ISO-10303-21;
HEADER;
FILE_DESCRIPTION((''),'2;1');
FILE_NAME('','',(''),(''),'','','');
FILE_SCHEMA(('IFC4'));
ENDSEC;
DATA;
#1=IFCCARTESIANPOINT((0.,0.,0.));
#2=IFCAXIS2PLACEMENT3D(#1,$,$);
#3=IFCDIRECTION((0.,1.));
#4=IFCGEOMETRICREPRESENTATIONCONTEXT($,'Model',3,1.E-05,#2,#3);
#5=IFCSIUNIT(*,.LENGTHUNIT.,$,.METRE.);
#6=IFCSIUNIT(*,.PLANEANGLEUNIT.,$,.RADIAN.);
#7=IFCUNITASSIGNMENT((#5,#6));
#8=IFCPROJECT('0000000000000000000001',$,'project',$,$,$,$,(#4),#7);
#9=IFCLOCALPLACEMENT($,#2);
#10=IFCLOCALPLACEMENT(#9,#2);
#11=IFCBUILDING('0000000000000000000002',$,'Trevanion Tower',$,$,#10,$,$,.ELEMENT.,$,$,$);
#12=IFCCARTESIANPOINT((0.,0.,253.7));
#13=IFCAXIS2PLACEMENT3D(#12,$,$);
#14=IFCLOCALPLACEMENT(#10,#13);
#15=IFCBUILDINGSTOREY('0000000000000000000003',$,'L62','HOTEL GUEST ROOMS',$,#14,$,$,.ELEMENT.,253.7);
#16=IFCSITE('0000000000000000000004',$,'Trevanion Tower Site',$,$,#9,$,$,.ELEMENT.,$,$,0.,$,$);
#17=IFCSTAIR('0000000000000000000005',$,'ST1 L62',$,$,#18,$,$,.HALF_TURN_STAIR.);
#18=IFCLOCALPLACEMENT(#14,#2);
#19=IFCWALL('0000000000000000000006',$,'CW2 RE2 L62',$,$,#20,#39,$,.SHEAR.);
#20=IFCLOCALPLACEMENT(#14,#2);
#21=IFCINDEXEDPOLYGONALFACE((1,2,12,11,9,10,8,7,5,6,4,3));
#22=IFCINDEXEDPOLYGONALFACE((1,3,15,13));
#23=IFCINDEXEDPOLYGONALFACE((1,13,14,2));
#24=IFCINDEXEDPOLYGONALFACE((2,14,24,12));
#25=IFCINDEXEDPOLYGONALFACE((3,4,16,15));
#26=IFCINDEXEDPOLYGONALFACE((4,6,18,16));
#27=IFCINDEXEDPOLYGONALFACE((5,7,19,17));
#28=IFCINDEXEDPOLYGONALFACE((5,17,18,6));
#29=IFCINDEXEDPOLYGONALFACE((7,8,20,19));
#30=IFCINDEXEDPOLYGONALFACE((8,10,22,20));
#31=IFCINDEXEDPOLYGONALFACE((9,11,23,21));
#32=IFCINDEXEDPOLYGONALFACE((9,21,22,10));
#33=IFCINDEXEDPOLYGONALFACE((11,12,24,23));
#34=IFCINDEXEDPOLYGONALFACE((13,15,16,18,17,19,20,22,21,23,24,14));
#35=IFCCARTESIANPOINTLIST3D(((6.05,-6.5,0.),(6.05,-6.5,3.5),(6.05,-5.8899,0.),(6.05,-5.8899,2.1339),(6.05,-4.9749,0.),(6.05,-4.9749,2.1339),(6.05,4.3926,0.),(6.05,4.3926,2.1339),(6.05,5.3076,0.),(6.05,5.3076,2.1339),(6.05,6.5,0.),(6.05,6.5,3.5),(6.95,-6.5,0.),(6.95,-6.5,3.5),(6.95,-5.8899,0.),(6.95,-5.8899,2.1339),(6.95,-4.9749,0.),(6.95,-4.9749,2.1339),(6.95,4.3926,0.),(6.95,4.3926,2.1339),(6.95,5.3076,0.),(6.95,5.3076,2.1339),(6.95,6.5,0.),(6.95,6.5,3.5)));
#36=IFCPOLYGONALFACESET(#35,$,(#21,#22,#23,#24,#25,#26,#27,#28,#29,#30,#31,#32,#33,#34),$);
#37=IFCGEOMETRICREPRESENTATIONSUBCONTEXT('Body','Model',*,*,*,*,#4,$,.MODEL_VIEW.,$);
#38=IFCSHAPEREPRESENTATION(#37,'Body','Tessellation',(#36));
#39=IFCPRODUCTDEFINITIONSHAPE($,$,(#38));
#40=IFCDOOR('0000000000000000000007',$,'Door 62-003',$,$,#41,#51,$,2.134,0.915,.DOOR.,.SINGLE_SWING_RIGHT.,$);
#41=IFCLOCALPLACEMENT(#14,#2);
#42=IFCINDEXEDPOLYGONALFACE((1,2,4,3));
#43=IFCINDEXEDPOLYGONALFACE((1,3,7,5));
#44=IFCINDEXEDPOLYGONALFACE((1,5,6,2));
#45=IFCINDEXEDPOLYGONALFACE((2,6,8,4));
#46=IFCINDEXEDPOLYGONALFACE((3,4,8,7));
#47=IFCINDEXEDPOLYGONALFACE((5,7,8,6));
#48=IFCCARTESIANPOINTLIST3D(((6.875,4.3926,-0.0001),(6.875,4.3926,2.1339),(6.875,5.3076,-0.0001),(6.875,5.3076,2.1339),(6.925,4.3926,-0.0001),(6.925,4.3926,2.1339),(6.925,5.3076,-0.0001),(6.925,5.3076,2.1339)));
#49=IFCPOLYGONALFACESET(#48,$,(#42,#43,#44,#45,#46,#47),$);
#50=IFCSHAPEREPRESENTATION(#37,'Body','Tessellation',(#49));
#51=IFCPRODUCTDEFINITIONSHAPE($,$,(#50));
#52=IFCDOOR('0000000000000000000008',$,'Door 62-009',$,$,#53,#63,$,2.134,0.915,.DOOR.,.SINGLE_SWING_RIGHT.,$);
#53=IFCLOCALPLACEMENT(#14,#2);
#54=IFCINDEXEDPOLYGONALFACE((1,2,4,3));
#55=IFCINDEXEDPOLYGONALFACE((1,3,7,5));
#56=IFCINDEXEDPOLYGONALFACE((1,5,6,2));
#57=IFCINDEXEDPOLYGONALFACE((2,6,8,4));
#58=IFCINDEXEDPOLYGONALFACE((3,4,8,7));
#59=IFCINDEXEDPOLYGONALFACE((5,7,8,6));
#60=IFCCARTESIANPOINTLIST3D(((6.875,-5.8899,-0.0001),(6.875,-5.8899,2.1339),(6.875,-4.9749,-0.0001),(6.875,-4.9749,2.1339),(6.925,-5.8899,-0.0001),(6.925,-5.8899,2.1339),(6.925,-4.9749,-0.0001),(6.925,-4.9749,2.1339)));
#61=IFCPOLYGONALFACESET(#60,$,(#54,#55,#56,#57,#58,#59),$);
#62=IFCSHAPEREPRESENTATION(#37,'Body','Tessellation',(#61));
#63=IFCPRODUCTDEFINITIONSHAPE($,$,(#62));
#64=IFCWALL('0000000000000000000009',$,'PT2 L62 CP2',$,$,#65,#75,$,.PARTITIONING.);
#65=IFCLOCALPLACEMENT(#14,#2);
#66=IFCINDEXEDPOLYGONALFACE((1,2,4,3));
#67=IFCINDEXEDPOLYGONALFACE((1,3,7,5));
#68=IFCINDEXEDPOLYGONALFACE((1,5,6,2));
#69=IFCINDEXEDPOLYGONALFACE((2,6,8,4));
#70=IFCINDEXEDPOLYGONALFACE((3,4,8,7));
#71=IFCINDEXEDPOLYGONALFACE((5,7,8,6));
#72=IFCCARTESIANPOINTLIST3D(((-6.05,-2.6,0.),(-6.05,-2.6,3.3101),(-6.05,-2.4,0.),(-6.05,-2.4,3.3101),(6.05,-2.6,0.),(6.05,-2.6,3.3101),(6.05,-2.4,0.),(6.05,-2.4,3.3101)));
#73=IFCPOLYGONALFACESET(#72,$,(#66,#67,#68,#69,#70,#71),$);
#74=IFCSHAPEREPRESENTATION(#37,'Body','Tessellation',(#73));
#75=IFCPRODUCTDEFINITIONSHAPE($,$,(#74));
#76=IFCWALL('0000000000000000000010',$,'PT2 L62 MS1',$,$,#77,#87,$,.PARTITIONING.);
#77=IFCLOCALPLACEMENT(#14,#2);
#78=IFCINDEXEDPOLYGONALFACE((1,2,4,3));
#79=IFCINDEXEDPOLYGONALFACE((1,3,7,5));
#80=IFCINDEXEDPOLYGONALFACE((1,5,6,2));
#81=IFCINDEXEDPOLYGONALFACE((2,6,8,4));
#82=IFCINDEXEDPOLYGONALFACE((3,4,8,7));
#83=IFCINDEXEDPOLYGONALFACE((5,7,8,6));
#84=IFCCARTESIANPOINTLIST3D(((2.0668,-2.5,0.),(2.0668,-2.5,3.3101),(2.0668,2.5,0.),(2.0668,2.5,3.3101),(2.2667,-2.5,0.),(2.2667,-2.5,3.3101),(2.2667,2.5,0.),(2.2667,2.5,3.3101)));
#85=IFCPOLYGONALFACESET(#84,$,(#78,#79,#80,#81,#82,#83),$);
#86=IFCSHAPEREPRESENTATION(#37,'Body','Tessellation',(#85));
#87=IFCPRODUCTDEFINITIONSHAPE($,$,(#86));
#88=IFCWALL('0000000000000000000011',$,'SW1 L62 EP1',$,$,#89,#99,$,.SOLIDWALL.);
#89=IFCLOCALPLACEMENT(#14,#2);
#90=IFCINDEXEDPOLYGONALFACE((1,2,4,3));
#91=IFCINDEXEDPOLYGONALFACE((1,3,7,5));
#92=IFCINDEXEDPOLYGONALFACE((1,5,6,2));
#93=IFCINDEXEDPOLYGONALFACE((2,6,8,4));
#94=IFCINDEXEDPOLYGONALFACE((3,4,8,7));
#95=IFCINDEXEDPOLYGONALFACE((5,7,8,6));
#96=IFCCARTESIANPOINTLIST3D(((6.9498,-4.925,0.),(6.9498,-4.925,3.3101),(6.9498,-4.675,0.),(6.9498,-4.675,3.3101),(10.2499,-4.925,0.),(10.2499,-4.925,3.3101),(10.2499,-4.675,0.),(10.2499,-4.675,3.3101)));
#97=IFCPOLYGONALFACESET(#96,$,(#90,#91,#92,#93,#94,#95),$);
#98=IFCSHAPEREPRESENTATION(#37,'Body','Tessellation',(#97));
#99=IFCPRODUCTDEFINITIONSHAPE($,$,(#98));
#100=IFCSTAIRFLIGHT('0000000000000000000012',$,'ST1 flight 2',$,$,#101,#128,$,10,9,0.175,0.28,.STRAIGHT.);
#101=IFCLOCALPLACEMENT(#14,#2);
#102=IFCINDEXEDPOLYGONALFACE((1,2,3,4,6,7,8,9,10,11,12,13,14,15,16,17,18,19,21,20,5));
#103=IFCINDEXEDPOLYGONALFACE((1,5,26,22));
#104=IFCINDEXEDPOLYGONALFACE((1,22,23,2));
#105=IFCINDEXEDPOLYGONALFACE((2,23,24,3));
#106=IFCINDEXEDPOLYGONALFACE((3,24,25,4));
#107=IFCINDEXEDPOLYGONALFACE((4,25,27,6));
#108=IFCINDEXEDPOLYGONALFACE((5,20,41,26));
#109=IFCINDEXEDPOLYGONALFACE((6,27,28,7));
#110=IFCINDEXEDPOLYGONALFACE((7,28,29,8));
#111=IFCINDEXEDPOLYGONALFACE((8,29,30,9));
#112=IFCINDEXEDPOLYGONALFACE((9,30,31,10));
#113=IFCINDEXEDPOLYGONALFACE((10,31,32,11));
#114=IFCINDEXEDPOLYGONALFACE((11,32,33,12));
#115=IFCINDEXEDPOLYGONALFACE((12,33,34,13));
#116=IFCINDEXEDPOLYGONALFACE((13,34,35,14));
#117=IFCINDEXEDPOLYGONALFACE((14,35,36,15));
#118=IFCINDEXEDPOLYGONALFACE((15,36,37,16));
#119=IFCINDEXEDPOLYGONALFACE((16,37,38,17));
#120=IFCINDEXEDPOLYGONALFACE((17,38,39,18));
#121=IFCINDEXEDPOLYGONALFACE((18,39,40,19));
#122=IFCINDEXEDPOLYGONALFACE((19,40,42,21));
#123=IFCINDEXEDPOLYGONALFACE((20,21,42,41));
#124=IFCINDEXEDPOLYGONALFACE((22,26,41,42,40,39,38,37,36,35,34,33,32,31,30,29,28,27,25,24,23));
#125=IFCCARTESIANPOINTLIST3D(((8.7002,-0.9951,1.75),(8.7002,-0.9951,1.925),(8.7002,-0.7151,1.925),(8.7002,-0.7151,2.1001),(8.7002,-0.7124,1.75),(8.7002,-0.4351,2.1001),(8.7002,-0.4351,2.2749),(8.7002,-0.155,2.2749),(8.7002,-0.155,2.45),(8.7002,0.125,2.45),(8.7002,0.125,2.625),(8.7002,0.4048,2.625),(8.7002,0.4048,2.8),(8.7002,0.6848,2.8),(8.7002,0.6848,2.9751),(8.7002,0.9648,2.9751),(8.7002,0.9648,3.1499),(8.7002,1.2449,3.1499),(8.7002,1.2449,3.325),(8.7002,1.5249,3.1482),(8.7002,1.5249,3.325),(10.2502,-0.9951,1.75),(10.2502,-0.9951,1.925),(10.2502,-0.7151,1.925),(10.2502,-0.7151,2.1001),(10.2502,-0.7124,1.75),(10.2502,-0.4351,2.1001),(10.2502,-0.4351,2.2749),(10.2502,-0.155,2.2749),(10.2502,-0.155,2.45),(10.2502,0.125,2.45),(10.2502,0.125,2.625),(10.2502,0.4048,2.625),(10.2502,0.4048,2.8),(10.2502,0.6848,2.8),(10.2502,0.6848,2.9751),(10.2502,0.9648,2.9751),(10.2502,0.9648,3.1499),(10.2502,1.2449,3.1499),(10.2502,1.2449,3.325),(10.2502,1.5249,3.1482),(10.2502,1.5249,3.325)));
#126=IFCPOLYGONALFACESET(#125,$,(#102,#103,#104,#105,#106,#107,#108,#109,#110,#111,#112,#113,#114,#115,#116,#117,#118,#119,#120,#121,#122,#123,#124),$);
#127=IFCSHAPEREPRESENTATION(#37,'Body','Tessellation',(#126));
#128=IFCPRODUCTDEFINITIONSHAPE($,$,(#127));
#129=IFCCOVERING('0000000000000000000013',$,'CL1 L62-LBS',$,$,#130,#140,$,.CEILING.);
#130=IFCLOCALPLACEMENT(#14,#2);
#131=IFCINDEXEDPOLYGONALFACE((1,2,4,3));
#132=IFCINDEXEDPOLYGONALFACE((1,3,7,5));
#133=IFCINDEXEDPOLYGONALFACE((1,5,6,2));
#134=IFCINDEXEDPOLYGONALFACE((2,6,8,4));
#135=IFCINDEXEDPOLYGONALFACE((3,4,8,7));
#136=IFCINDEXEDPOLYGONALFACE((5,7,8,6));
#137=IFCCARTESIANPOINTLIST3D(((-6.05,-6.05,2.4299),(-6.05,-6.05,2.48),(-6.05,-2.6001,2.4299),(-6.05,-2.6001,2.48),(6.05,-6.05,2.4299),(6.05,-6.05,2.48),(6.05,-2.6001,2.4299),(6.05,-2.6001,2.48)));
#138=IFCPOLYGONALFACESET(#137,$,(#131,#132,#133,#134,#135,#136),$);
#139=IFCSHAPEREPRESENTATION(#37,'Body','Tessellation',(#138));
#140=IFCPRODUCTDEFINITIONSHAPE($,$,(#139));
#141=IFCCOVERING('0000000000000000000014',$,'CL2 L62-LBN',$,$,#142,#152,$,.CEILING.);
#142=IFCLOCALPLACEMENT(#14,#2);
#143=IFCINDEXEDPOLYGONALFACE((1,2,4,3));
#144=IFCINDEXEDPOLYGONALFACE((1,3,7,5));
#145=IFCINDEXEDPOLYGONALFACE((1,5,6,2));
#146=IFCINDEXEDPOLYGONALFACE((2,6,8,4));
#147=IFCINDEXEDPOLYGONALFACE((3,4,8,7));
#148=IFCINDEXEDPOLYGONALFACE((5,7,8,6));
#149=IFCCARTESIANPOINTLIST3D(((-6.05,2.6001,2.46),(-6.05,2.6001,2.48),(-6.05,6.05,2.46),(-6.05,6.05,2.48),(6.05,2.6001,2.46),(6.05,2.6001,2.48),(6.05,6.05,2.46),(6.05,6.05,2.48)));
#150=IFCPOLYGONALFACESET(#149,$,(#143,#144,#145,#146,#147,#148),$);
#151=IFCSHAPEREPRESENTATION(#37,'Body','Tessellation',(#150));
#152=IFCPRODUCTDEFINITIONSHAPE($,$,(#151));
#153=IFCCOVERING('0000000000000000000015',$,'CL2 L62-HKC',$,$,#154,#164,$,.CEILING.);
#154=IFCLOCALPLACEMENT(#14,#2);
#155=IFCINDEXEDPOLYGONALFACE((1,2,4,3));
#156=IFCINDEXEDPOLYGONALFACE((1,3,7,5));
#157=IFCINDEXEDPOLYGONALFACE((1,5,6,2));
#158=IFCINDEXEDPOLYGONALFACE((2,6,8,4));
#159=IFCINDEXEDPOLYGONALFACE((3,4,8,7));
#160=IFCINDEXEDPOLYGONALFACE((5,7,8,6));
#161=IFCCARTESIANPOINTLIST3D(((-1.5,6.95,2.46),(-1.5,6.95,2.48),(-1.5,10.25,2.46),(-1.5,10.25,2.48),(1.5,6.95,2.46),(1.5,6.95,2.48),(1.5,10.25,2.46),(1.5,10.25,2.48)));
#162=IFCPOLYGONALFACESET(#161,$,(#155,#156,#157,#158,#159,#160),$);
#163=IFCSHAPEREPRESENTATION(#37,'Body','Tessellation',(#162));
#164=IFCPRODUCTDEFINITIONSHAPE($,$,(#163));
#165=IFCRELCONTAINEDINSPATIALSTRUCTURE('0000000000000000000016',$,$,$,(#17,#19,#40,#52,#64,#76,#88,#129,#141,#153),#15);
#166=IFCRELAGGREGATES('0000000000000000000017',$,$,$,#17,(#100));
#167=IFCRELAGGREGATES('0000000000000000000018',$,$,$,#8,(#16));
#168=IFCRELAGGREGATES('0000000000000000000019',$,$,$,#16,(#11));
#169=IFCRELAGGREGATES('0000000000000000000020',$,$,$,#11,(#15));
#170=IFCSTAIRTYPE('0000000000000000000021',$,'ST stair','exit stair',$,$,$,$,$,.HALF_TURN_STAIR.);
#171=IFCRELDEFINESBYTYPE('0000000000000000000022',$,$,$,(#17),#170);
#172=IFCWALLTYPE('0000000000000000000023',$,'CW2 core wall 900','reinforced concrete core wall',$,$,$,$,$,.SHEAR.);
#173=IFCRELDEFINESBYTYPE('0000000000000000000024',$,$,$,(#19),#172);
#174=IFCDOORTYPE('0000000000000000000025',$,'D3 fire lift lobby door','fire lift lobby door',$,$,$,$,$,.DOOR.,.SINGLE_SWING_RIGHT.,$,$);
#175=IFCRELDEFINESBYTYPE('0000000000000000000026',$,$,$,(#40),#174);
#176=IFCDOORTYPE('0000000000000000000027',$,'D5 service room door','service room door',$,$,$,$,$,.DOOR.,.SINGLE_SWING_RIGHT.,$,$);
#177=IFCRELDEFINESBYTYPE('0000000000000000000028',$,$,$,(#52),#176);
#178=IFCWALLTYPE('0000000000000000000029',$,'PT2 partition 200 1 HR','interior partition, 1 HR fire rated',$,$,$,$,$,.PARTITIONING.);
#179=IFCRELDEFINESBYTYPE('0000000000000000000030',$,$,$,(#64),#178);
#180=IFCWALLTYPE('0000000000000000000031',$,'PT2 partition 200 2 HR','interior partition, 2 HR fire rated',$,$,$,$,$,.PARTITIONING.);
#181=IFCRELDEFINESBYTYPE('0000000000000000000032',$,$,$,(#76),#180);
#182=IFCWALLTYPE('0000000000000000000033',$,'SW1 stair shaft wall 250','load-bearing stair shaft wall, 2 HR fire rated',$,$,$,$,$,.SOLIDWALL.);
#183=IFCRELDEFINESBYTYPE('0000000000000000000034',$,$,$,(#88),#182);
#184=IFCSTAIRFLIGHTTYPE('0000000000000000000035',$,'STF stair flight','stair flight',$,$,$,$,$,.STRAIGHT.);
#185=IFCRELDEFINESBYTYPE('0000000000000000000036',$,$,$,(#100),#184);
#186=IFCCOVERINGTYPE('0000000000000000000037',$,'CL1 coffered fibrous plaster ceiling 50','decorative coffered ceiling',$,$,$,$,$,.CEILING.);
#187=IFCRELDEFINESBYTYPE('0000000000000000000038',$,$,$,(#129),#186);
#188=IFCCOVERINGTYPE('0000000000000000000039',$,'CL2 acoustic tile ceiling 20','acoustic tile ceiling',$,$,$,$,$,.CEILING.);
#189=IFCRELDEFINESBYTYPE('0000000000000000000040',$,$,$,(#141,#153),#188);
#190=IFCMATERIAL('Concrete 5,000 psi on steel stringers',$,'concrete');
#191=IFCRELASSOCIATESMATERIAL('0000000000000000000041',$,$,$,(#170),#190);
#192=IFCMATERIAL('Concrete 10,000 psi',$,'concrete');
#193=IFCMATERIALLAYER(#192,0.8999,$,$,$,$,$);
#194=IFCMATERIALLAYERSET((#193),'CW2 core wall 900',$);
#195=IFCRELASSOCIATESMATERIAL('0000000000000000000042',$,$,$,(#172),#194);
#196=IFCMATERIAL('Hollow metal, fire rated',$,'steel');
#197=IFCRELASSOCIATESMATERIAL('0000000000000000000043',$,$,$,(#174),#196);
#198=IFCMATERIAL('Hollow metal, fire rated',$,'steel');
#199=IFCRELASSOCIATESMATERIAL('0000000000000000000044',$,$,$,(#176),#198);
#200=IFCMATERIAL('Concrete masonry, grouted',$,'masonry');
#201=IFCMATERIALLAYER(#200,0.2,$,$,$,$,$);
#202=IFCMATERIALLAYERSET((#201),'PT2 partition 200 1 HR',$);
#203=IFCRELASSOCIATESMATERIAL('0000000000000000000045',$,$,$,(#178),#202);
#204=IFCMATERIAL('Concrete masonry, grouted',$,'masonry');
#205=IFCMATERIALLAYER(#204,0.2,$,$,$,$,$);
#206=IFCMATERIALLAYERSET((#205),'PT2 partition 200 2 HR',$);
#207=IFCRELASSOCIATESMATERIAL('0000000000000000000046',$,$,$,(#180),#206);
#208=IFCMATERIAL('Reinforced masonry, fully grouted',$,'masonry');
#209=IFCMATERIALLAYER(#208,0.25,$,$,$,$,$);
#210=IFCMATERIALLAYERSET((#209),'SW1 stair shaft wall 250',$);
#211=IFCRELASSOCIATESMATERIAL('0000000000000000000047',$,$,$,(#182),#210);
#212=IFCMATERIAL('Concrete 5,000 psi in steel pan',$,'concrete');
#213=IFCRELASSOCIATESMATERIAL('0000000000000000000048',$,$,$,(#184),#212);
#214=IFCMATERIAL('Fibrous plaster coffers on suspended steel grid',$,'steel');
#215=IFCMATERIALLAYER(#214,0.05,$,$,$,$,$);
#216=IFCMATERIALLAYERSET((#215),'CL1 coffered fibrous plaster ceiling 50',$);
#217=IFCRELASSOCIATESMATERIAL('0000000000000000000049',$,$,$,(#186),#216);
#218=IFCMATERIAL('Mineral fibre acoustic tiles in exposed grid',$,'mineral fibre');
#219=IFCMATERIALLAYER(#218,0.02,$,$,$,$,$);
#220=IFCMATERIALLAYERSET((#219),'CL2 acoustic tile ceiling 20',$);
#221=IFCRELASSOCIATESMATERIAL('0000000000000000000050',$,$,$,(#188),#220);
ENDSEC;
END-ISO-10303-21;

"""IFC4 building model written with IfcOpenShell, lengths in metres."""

from ifc_helpers import new_model, si_unit, direction, frame, frame_2d, origin, place, context, subcontext, project, spatial, polyline, rectangle, outline, extrude, material, layer, layer_set, type_object, element, fill, aggregate, save


model = new_model("IFC4")

# Units and contexts
model_context = context("Model", 3, precision=1e-05, world=origin(), true_north=direction((0.0, 1.0)))
body_context = subcontext(model_context, "Body", "Model", "MODEL_VIEW")
ifc_project = project(units=[si_unit("LENGTHUNIT", "METRE"), si_unit("PLANEANGLEUNIT", "RADIAN")], contexts=[model_context])

# Site, building, storey
site_placement = place(None, origin())
site = spatial("IfcSite", under=ifc_project, at=site_placement, Name="Trevanion Tower Site", CompositionType="ELEMENT", RefElevation=0.0)
building_placement = place(site_placement, origin())
building = spatial("IfcBuilding", under=site, at=building_placement, Name="Trevanion Tower", CompositionType="ELEMENT")
storey_placement = place(building_placement, frame((0.0, 0.0, 253.7)))
storey = spatial("IfcBuildingStorey", under=building, at=storey_placement, Name="L62", Description="HOTEL GUEST ROOMS", CompositionType="ELEMENT", Elevation=253.7)

# Stair
ifc_material_1 = material(Name="Concrete 5,000 psi on steel stringers", Category="concrete")
stair_type = type_object("IfcStairType", Name="ST stair", Description="exit stair", PredefinedType="HALF_TURN_STAIR", material=ifc_material_1)
stair_1_placement = place(storey_placement, origin())
stair_1 = element("IfcStair", 1, at=stair_1_placement, inside=storey, type_object=stair_type, Name="ST1 L62", PredefinedType="HALF_TURN_STAIR")

# Wall, openings, doors
ifc_material_2 = material(Name="Concrete 10,000 psi", Category="concrete")
ifc_layer_1 = layer(ifc_material_2, 0.8999)
ifc_layer_set_1 = layer_set([ifc_layer_1], Name="CW2 core wall 900")
wall_type_1 = type_object("IfcWallType", Name="CW2 core wall 900", Description="reinforced concrete core wall", PredefinedType="SHEAR", material=ifc_layer_set_1)
wall_1_placement = place(storey_placement, frame((6.5, -6.5, 0.0), z_axis=(0.0, 0.0, 1.0), x_axis=(0.0, 1.0, 0.0)))
wall_1 = element("IfcWall", 2, at=wall_1_placement, inside=storey, type_object=wall_type_1, Name="CW2 RE2 L62", PredefinedType="SHEAR", context=body_context, shape_type="SweptSolid", body=[
    extrude(rectangle(XDim=13.0, YDim=0.8999, at=frame_2d((6.5, 0.0))), origin(), (0.0, 0.0, 1.0), 3.5),
])
opening_1_placement = place(wall_1_placement, frame((10.8926, 0.0, 0.0)))
opening_1 = element("IfcOpeningElement", 3, at=opening_1_placement, cuts=wall_1, PredefinedType="OPENING", context=body_context, shape_type="SweptSolid", body=[
    extrude(rectangle(XDim=0.915, YDim=2.134, at=frame_2d((0.4575, 1.0669))), frame((0.0, 0.46, 0.0), z_axis=(0.0, -1.0, 0.0), x_axis=(1.0, 0.0, 0.0)), (0.0, 0.0, 1.0), 0.9199),
])
opening_2_placement = place(wall_1_placement, frame((0.6101, 0.0, 0.0)))
opening_2 = element("IfcOpeningElement", 4, at=opening_2_placement, cuts=wall_1, PredefinedType="OPENING", context=body_context, shape_type="SweptSolid", body=[
    extrude(rectangle(XDim=0.915, YDim=2.134, at=frame_2d((0.4575, 1.0669))), frame((0.0, 0.46, 0.0), z_axis=(0.0, -1.0, 0.0), x_axis=(1.0, 0.0, 0.0)), (0.0, 0.0, 1.0), 0.9199),
])
ifc_material_3 = material(Name="Hollow metal, fire rated", Category="steel")
door_type_1 = type_object("IfcDoorType", Name="D3 fire lift lobby door", Description="fire lift lobby door", OperationType="SINGLE_SWING_RIGHT", PredefinedType="DOOR", material=ifc_material_3)
door_1_placement = place(opening_1_placement, origin())
door_1 = element("IfcDoor", 5, at=door_1_placement, inside=storey, type_object=door_type_1, Name="Door 62-003", OperationType="SINGLE_SWING_RIGHT", OverallHeight=2.134, OverallWidth=0.915, PredefinedType="DOOR", context=body_context, shape_type="SweptSolid", body=[
    extrude(rectangle(XDim=0.915, YDim=2.134, at=frame_2d((0.4575, 1.0669))), frame((0.0, -0.375, 0.0), z_axis=(0.0, -1.0, 0.0), x_axis=(1.0, 0.0, 0.0)), (0.0, 0.0, 1.0), 0.05),
])
fill(opening_1, door_1)
ifc_material_4 = material(Name="Hollow metal, fire rated", Category="steel")
door_type_2 = type_object("IfcDoorType", Name="D5 service room door", Description="service room door", OperationType="SINGLE_SWING_RIGHT", PredefinedType="DOOR", material=ifc_material_4)
door_2_placement = place(opening_2_placement, origin())
door_2 = element("IfcDoor", 6, at=door_2_placement, inside=storey, type_object=door_type_2, Name="Door 62-009", OperationType="SINGLE_SWING_RIGHT", OverallHeight=2.134, OverallWidth=0.915, PredefinedType="DOOR", context=body_context, shape_type="SweptSolid", body=[
    extrude(rectangle(XDim=0.915, YDim=2.134, at=frame_2d((0.4575, 1.0669))), frame((0.0, -0.375, 0.0), z_axis=(0.0, -1.0, 0.0), x_axis=(1.0, 0.0, 0.0)), (0.0, 0.0, 1.0), 0.05),
])
fill(opening_2, door_2)

# Walls
ifc_material_5 = material(Name="Concrete masonry, grouted", Category="masonry")
ifc_layer_2 = layer(ifc_material_5, 0.2)
ifc_layer_set_2 = layer_set([ifc_layer_2], Name="PT2 partition 200 1 HR")
wall_type_2 = type_object("IfcWallType", Name="PT2 partition 200 1 HR", Description="interior partition, 1 HR fire rated", PredefinedType="PARTITIONING", material=ifc_layer_set_2)
wall_2_placement = place(storey_placement, frame((6.05, -2.5, 0.0), z_axis=(0.0, 0.0, 1.0), x_axis=(-1.0, 0.0, 0.0)))
element("IfcWall", 7, at=wall_2_placement, inside=storey, type_object=wall_type_2, Name="PT2 L62 CP2", PredefinedType="PARTITIONING", context=body_context, shape_type="SweptSolid", body=[
    extrude(rectangle(XDim=12.1001, YDim=0.2, at=frame_2d((6.05, 0.0))), origin(), (0.0, 0.0, 1.0), 3.3101),
])
ifc_material_6 = material(Name="Concrete masonry, grouted", Category="masonry")
ifc_layer_3 = layer(ifc_material_6, 0.2)
ifc_layer_set_3 = layer_set([ifc_layer_3], Name="PT2 partition 200 2 HR")
wall_type_3 = type_object("IfcWallType", Name="PT2 partition 200 2 HR", Description="interior partition, 2 HR fire rated", PredefinedType="PARTITIONING", material=ifc_layer_set_3)
wall_3_placement = place(storey_placement, frame((2.1667, -2.5, 0.0), z_axis=(0.0, 0.0, 1.0), x_axis=(0.0, 1.0, 0.0)))
element("IfcWall", 8, at=wall_3_placement, inside=storey, type_object=wall_type_3, Name="PT2 L62 MS1", PredefinedType="PARTITIONING", context=body_context, shape_type="SweptSolid", body=[
    extrude(rectangle(XDim=5.0, YDim=0.2, at=frame_2d((2.5, 0.0))), origin(), (0.0, 0.0, 1.0), 3.3101),
])
ifc_material_7 = material(Name="Reinforced masonry, fully grouted", Category="masonry")
ifc_layer_4 = layer(ifc_material_7, 0.25)
ifc_layer_set_4 = layer_set([ifc_layer_4], Name="SW1 stair shaft wall 250")
wall_type_4 = type_object("IfcWallType", Name="SW1 stair shaft wall 250", Description="load-bearing stair shaft wall, 2 HR fire rated", PredefinedType="SOLIDWALL", material=ifc_layer_set_4)
wall_4_placement = place(storey_placement, frame((6.95, -4.8, 0.0), z_axis=(0.0, 0.0, 1.0), x_axis=(1.0, 0.0, 0.0)))
element("IfcWall", 9, at=wall_4_placement, inside=storey, type_object=wall_type_4, Name="SW1 L62 EP1", PredefinedType="SOLIDWALL", context=body_context, shape_type="SweptSolid", body=[
    extrude(rectangle(XDim=3.3, YDim=0.25, at=frame_2d((1.6499, 0.0))), origin(), (0.0, 0.0, 1.0), 3.3101),
])

# Stair flight
ifc_material_8 = material(Name="Concrete 5,000 psi in steel pan", Category="concrete")
stair_flight_type = type_object("IfcStairFlightType", Name="STF stair flight", Description="stair flight", PredefinedType="STRAIGHT", material=ifc_material_8)
stair_flight_placement = place(storey_placement, frame((9.4751, -0.9951, 1.75), z_axis=(0.0, 0.0, 1.0), x_axis=(0.0, 1.0, 0.0)))
stair_flight = element("IfcStairFlight", 10, at=stair_flight_placement, type_object=stair_flight_type, Name="ST1 flight 2", NumberOfRisers=10, NumberOfTreads=9, PredefinedType="STRAIGHT", RiserHeight=0.175, TreadLength=0.28, context=body_context, shape_type="SweptSolid", body=[
    extrude(outline(polyline([(0.0, 0.0), (0.0, 0.175), (0.28, 0.175), (0.28, 0.3501), (0.5601, 0.3501), (0.5601, 0.5249), (0.8401, 0.5249), (0.8401, 0.7), (1.1201, 0.7), (1.1201, 0.875), (1.3999, 0.875), (1.3999, 1.05), (1.6799, 1.05), (1.6799, 1.2251), (1.96, 1.2251), (1.96, 1.3999), (2.24, 1.3999), (2.24, 1.575), (2.52, 1.575), (2.52, 1.75), (2.52, 1.3982), (0.2827, 0.0), (0.0, 0.0)])), frame((0.0, 0.7749, 0.0), z_axis=(0.0, -1.0, 0.0), x_axis=(1.0, 0.0, 0.0)), (0.0, 0.0, 1.0), 1.55),
])
aggregate(stair_1, [stair_flight])

# Coverings
ifc_material_9 = material(Name="Fibrous plaster coffers on suspended steel grid", Category="steel")
ifc_layer_5 = layer(ifc_material_9, 0.05)
ifc_layer_set_5 = layer_set([ifc_layer_5], Name="CL1 coffered fibrous plaster ceiling 50")
covering_type_1 = type_object("IfcCoveringType", Name="CL1 coffered fibrous plaster ceiling 50", Description="decorative coffered ceiling", PredefinedType="CEILING", material=ifc_layer_set_5)
covering_1_placement = place(storey_placement, frame((0.0, 0.0, 2.4299)))
element("IfcCovering", 11, at=covering_1_placement, inside=storey, type_object=covering_type_1, Name="CL1 L62-LBS", PredefinedType="CEILING", context=body_context, shape_type="SweptSolid", body=[
    extrude(outline(polyline([(6.05, -6.05), (6.05, -2.6001), (-6.05, -2.6001), (-6.05, -6.05), (6.05, -6.05)])), origin(), (0.0, 0.0, 1.0), 0.05),
])
ifc_material_10 = material(Name="Mineral fibre acoustic tiles in exposed grid", Category="mineral fibre")
ifc_layer_6 = layer(ifc_material_10, 0.02)
ifc_layer_set_6 = layer_set([ifc_layer_6], Name="CL2 acoustic tile ceiling 20")
covering_type_2 = type_object("IfcCoveringType", Name="CL2 acoustic tile ceiling 20", Description="acoustic tile ceiling", PredefinedType="CEILING", material=ifc_layer_set_6)
covering_2_placement = place(storey_placement, frame((0.0, 0.0, 2.46)))
element("IfcCovering", 12, at=covering_2_placement, inside=storey, type_object=covering_type_2, Name="CL2 L62-LBN", PredefinedType="CEILING", context=body_context, shape_type="SweptSolid", body=[
    extrude(outline(polyline([(6.05, 2.6001), (6.05, 6.05), (-6.05, 6.05), (-6.05, 2.6001), (6.05, 2.6001)])), origin(), (0.0, 0.0, 1.0), 0.02),
])
covering_3_placement = place(storey_placement, frame((0.0, 0.0, 2.46)))
element("IfcCovering", 13, at=covering_3_placement, inside=storey, type_object=covering_type_2, Name="CL2 L62-HKC", PredefinedType="CEILING", context=body_context, shape_type="SweptSolid", body=[
    extrude(outline(polyline([(1.5, 6.95), (1.5, 10.25), (-1.5, 10.25), (-1.5, 6.95), (1.5, 6.95)])), origin(), (0.0, 0.0, 1.0), 0.02),
])

save(model, "model.ifc")
